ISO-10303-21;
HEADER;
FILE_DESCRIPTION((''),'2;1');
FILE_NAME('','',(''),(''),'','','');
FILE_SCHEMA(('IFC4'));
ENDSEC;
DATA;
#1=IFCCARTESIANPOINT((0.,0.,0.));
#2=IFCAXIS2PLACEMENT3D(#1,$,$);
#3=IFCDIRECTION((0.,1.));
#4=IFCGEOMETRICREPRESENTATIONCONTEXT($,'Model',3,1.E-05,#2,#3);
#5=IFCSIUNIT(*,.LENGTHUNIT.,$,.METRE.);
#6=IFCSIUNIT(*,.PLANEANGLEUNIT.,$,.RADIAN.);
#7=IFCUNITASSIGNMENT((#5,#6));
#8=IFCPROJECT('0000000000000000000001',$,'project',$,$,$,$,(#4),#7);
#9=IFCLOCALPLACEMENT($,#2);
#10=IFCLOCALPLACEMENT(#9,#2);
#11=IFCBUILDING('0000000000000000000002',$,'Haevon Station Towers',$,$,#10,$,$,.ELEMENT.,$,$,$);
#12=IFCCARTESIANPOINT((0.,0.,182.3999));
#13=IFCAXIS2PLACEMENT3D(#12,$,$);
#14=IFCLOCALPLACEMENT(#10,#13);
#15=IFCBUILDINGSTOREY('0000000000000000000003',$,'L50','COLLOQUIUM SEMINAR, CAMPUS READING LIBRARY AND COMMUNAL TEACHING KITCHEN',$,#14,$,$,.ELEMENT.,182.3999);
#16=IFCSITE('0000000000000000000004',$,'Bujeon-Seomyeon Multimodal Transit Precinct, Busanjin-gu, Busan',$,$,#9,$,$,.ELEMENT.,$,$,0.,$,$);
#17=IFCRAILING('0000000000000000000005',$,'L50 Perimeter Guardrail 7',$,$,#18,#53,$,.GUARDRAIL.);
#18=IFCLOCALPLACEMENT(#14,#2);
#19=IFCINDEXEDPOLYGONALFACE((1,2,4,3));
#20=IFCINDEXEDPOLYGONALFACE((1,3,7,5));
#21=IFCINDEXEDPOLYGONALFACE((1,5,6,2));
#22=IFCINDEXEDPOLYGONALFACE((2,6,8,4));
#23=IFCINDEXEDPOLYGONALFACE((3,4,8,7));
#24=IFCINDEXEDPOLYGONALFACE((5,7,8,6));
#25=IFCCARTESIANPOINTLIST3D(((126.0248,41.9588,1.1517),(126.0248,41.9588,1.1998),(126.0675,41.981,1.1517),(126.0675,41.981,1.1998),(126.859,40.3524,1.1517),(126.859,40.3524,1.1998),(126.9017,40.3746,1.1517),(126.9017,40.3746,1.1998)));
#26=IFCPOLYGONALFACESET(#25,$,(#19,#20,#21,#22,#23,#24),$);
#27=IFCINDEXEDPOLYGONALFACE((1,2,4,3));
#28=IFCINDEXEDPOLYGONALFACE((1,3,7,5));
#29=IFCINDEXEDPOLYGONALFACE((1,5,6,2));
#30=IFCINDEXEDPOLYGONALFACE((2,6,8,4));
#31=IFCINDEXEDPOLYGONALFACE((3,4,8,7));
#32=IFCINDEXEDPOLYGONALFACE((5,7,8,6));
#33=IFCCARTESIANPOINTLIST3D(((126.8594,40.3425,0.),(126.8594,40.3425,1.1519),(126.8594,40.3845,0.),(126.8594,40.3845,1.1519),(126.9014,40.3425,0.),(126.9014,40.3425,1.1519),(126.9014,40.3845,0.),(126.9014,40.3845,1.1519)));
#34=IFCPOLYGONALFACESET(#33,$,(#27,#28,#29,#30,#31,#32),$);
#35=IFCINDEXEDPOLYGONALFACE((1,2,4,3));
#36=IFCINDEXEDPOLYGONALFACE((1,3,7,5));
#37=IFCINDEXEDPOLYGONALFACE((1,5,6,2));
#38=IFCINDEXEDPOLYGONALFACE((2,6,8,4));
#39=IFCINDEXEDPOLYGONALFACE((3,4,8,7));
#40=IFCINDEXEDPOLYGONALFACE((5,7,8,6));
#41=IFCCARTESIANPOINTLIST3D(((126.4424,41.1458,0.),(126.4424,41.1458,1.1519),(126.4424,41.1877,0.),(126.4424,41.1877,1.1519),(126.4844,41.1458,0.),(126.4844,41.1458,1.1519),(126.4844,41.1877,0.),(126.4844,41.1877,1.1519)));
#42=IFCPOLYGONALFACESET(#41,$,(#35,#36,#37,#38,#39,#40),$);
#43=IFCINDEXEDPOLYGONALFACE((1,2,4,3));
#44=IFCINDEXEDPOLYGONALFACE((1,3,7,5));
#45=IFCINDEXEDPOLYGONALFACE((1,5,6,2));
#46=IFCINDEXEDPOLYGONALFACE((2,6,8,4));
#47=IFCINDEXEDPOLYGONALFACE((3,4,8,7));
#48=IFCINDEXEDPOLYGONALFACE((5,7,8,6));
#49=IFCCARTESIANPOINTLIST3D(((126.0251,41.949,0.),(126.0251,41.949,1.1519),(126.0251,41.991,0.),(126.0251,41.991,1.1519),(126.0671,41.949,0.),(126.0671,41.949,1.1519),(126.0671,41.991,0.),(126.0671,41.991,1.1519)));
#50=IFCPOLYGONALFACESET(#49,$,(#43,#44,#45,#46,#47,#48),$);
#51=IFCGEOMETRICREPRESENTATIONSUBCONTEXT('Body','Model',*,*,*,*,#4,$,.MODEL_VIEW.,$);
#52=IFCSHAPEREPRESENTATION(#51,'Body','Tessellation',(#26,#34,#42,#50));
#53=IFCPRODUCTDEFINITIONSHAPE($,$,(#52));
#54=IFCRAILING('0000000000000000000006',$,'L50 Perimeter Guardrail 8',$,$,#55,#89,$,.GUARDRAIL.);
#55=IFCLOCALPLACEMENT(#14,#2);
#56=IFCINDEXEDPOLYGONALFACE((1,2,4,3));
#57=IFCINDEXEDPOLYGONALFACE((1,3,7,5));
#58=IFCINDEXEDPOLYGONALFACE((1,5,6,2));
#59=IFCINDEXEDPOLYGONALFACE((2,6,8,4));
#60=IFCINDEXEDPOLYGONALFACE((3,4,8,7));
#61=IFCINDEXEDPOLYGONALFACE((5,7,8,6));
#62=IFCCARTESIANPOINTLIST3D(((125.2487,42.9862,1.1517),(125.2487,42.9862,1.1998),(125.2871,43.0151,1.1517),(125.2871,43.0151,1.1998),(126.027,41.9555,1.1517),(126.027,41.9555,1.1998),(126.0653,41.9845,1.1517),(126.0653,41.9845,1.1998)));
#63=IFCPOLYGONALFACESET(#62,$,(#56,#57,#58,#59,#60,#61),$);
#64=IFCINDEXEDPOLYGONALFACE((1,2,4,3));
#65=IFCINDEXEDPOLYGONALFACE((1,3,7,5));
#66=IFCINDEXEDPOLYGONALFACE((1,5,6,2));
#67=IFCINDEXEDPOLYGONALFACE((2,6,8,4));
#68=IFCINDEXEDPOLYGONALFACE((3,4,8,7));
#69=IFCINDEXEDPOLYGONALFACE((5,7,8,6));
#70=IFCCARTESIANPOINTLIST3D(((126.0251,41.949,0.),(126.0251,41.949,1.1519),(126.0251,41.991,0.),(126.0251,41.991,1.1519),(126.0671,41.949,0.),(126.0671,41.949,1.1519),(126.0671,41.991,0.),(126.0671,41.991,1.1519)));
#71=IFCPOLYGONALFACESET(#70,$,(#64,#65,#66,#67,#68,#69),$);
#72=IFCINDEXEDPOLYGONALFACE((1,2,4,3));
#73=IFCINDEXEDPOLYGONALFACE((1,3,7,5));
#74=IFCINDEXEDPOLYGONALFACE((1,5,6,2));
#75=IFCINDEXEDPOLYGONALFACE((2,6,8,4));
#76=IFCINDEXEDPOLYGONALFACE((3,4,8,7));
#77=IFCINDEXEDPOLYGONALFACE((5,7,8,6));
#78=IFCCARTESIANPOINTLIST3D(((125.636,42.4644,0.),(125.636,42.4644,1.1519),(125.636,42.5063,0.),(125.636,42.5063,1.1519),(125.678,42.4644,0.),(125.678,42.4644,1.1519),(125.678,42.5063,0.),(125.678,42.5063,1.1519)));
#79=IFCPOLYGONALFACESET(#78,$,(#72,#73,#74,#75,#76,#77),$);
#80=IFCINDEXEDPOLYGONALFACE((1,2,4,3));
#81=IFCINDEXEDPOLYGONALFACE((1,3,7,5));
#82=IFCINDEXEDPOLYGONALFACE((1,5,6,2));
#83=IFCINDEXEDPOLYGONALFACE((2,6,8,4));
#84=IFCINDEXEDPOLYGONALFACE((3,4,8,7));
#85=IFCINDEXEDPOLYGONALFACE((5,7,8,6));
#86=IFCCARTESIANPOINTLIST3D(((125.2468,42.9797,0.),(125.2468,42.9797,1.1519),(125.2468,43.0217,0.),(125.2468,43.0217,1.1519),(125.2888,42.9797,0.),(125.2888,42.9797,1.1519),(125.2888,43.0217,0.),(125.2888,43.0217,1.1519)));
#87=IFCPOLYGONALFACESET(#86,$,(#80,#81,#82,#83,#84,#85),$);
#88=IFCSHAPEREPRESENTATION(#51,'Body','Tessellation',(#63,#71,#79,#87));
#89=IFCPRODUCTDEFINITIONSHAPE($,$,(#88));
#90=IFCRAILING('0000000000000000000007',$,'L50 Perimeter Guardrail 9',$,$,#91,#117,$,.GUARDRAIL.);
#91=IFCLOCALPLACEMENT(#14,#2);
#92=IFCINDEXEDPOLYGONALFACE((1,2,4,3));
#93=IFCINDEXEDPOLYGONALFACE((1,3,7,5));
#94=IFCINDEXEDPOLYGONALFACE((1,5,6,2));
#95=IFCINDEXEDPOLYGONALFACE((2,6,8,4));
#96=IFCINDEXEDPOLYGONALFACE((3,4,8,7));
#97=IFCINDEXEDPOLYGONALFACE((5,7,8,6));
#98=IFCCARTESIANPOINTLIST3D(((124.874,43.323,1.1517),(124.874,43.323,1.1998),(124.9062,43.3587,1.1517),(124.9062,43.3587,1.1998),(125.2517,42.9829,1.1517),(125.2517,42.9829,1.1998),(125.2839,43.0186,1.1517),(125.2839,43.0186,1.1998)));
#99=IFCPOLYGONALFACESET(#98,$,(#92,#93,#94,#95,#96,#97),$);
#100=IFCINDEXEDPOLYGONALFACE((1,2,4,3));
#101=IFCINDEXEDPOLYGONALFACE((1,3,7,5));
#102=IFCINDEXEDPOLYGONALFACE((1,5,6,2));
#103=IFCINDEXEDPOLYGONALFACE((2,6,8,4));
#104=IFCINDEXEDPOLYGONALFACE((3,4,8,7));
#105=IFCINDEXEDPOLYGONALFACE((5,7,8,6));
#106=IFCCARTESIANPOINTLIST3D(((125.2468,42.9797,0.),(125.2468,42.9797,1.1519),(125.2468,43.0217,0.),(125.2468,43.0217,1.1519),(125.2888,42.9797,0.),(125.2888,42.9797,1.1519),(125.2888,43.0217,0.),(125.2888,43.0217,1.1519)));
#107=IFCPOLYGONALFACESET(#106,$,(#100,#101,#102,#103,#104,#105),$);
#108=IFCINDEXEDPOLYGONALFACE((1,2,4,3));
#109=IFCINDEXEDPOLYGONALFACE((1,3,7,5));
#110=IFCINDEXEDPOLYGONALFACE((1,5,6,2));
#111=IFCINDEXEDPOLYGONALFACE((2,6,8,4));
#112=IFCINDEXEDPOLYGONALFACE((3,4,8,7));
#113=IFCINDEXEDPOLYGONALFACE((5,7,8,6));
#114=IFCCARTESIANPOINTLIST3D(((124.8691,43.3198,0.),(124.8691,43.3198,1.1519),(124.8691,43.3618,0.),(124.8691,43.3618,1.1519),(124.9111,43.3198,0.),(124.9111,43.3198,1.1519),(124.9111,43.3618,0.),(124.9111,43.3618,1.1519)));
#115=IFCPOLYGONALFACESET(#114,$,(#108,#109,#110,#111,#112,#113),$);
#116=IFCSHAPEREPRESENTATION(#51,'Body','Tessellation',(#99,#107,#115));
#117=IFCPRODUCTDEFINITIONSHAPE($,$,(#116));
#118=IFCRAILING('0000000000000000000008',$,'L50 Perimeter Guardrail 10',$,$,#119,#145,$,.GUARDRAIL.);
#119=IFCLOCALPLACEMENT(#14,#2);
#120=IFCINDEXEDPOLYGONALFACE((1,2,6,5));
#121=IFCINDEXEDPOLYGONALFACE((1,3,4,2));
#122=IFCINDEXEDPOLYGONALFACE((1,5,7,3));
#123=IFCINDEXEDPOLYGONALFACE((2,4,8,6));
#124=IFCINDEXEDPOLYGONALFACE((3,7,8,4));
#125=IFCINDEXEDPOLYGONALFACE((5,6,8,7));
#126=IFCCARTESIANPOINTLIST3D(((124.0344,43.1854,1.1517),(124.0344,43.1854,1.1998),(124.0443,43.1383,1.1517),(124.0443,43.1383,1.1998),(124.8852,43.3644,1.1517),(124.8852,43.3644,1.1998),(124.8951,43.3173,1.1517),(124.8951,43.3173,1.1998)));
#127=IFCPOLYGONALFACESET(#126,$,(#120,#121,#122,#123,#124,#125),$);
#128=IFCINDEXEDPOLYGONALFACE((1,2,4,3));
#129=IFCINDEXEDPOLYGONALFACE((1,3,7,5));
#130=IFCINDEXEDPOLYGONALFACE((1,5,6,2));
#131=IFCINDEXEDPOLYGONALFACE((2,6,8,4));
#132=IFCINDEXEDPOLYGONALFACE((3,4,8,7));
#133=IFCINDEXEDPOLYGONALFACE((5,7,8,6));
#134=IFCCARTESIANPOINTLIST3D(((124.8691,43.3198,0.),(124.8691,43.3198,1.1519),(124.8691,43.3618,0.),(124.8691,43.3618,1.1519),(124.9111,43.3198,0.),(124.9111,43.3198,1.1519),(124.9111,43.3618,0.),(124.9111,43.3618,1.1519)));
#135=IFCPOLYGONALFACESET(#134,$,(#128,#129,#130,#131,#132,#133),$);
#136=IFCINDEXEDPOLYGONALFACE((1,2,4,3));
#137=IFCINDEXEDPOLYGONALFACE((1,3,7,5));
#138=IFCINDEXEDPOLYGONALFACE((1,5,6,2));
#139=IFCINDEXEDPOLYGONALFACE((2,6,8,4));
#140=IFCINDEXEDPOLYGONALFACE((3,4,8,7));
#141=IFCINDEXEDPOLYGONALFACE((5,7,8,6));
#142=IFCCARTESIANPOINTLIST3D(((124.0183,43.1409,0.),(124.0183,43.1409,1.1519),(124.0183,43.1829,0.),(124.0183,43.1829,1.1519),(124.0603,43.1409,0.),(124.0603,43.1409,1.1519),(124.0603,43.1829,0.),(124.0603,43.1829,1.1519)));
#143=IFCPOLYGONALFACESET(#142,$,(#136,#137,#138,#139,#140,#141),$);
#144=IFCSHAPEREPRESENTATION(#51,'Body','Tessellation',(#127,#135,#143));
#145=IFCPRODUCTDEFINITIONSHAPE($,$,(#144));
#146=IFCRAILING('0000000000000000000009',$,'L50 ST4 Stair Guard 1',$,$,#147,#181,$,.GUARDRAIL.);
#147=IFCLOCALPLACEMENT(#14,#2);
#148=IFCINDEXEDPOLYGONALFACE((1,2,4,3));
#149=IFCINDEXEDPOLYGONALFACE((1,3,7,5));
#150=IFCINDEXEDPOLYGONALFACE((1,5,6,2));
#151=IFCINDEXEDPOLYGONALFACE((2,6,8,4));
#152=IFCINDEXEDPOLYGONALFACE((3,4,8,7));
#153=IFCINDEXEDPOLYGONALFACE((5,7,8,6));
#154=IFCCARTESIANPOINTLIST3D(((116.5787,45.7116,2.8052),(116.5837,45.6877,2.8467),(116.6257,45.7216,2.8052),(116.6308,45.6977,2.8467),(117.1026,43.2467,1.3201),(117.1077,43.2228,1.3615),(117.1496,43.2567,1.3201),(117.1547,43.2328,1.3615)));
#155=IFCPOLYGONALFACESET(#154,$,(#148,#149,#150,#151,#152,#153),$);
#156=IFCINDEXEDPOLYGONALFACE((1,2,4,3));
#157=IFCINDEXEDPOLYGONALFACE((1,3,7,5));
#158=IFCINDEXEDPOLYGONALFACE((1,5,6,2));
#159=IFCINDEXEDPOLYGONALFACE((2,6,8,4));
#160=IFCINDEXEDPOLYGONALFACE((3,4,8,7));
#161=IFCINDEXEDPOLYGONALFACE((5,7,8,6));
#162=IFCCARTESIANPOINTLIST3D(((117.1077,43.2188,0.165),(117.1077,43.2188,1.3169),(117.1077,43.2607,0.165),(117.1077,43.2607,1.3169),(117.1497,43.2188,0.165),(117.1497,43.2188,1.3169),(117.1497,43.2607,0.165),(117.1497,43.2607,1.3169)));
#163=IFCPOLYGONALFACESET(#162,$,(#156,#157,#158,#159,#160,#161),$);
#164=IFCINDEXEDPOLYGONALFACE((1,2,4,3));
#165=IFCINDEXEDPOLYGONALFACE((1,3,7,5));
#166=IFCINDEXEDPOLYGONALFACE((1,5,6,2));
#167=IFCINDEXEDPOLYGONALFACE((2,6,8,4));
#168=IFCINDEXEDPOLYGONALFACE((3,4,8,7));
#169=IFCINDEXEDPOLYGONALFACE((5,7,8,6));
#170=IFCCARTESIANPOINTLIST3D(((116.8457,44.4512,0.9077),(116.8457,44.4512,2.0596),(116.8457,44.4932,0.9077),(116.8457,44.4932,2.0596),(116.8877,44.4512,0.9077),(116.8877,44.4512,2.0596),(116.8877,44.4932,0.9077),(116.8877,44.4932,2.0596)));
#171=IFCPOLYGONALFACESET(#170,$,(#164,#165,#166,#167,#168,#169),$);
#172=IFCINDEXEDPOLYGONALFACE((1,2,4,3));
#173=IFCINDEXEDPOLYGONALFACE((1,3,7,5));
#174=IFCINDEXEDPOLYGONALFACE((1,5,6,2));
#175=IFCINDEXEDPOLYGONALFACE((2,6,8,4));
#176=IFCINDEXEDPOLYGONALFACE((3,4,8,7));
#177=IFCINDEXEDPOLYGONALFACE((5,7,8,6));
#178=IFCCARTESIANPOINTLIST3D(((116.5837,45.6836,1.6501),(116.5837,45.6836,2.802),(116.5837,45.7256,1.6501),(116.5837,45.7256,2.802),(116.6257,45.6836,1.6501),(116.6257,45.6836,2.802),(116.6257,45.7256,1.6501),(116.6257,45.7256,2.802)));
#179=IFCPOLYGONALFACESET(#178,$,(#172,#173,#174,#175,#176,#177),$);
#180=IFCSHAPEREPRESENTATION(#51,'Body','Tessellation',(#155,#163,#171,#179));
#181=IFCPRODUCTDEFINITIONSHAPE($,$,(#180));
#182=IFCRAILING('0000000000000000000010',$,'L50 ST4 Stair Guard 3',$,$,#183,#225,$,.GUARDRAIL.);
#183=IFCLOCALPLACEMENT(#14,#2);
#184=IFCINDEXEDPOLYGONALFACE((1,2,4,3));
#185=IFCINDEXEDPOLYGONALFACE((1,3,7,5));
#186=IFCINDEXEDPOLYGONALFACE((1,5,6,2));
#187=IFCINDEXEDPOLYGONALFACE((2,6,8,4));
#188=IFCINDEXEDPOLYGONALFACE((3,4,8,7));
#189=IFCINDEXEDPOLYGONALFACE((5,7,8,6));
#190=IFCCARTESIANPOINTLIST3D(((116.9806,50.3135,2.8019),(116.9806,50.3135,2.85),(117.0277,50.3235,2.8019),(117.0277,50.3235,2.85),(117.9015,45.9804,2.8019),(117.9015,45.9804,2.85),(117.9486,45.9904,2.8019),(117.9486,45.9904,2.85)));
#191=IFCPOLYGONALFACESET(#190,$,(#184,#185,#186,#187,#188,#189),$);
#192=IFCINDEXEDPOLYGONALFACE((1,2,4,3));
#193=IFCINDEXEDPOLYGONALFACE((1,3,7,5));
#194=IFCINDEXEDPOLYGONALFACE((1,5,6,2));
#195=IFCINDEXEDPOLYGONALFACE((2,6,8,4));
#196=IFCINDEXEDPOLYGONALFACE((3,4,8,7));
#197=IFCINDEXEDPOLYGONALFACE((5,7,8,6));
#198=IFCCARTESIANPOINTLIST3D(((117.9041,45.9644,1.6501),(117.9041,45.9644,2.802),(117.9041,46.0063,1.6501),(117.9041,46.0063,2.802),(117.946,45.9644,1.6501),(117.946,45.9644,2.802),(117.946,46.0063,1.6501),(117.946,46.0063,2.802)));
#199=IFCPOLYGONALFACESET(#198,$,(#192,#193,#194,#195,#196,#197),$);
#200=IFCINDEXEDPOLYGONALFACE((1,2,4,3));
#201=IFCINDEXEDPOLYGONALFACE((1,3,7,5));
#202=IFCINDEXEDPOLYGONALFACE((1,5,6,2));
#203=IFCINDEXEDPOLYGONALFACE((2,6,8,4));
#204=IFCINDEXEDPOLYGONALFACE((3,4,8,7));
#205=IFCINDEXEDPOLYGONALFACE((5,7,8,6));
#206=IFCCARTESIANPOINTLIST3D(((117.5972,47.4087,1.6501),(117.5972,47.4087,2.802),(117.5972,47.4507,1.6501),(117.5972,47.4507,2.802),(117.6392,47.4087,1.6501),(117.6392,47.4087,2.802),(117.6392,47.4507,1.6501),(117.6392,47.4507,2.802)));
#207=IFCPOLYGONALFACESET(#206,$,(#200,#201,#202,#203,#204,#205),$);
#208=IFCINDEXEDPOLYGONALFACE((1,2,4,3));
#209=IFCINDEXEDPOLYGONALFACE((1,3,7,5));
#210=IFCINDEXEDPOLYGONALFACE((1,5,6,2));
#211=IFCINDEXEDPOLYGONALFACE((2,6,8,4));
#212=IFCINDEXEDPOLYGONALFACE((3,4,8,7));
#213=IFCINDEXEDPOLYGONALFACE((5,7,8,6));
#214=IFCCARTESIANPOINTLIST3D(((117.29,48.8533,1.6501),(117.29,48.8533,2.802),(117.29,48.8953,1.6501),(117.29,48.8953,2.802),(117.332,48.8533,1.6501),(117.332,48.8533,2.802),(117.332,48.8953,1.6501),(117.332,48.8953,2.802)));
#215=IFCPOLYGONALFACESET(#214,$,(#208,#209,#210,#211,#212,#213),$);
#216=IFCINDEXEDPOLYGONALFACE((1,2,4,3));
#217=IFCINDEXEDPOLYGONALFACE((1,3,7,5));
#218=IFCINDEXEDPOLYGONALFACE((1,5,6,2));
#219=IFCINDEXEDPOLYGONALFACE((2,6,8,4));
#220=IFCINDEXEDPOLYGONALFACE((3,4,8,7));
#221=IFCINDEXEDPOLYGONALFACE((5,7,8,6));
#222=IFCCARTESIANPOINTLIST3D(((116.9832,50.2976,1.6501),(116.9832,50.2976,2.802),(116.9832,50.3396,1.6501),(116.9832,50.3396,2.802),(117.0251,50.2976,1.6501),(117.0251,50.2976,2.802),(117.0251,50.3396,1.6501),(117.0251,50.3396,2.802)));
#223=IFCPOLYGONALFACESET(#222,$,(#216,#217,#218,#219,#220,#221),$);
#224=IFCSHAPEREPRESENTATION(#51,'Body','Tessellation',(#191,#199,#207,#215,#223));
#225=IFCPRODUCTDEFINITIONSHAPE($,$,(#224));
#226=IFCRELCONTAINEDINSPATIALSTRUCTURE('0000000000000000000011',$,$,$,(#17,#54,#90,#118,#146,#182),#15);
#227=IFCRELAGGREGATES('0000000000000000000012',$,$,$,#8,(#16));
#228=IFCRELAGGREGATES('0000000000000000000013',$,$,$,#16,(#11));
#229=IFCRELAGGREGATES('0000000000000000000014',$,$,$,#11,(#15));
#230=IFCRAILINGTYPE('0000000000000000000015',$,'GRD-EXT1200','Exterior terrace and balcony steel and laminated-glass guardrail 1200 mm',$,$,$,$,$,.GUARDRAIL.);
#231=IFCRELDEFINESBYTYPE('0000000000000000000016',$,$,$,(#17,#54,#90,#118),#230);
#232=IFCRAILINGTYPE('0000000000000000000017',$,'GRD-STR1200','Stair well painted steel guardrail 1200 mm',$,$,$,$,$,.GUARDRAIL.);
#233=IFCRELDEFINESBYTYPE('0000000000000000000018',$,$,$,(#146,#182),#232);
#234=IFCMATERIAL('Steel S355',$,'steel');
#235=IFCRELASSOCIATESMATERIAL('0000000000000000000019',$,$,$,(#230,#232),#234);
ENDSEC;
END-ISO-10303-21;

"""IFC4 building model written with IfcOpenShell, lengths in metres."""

from ifc_helpers import new_model, si_unit, direction, frame, origin, origin_2d, place, context, subcontext, project, spatial, rectangle, extrude, material, type_object, element, save


model = new_model("IFC4")

# Units and contexts
model_context = context("Model", 3, precision=1e-05, world=origin(), true_north=direction((0.0, 1.0)))
body_context = subcontext(model_context, "Body", "Model", "MODEL_VIEW")
ifc_project = project(units=[si_unit("LENGTHUNIT", "METRE"), si_unit("PLANEANGLEUNIT", "RADIAN")], contexts=[model_context])

# Site, building, storey
site_placement = place(None, origin())
site = spatial("IfcSite", under=ifc_project, at=site_placement, Name="Bujeon-Seomyeon Multimodal Transit Precinct, Busanjin-gu, Busan", CompositionType="ELEMENT", RefElevation=0.0)
building_placement = place(site_placement, origin())
building = spatial("IfcBuilding", under=site, at=building_placement, Name="Haevon Station Towers", CompositionType="ELEMENT")
storey_placement = place(building_placement, frame((0.0, 0.0, 182.3999)))
storey = spatial("IfcBuildingStorey", under=building, at=storey_placement, Name="L50", Description="COLLOQUIUM SEMINAR, CAMPUS READING LIBRARY AND COMMUNAL TEACHING KITCHEN", CompositionType="ELEMENT", Elevation=182.3999)

# Shared definitions
ifc_material_1 = material(Name="Steel S355", Category="steel")

# Railings
railing_type_1 = type_object("IfcRailingType", Name="GRD-EXT1200", Description="Exterior terrace and balcony steel and laminated-glass guardrail 1200 mm", PredefinedType="GUARDRAIL", material=ifc_material_1)
railing_1_placement = place(storey_placement, frame((126.8804, 40.3635, 0.0)))
element("IfcRailing", 1, at=railing_1_placement, inside=storey, type_object=railing_type_1, Name="L50 Perimeter Guardrail 7", PredefinedType="GUARDRAIL", context=body_context, shape_type="SweptSolid", body=[
    extrude(rectangle(XDim=0.0481, YDim=0.0481, at=origin_2d()), frame((0.0, 0.0, 1.1758), z_axis=(-0.460864, 0.887471, 0.0), x_axis=(-0.887471, -0.460864, 0.0)), (0.0, 0.0, 1.0), 1.8101),
    extrude(rectangle(XDim=0.042, YDim=0.042, at=origin_2d()), origin(), (0.0, 0.0, 1.0), 1.1519),
    extrude(rectangle(XDim=0.042, YDim=0.042, at=origin_2d()), frame((-0.417, 0.8032, 0.0)), (0.0, 0.0, 1.0), 1.1519),
    extrude(rectangle(XDim=0.042, YDim=0.042, at=origin_2d()), frame((-0.8342, 1.6064, 0.0)), (0.0, 0.0, 1.0), 1.1519),
])
railing_2_placement = place(storey_placement, frame((126.0461, 41.97, 0.0)))
element("IfcRailing", 2, at=railing_2_placement, inside=storey, type_object=railing_type_1, Name="L50 Perimeter Guardrail 8", PredefinedType="GUARDRAIL", context=body_context, shape_type="SweptSolid", body=[
    extrude(rectangle(XDim=0.0481, YDim=0.0481, at=origin_2d()), frame((0.0, 0.0, 1.1758), z_axis=(-0.602598, 0.798045, 0.0), x_axis=(-0.798045, -0.602598, 0.0)), (0.0, 0.0, 1.0), 1.2915),
    extrude(rectangle(XDim=0.042, YDim=0.042, at=origin_2d()), origin(), (0.0, 0.0, 1.0), 1.1519),
    extrude(rectangle(XDim=0.042, YDim=0.042, at=origin_2d()), frame((-0.3892, 0.5154, 0.0)), (0.0, 0.0, 1.0), 1.1519),
    extrude(rectangle(XDim=0.042, YDim=0.042, at=origin_2d()), frame((-0.7783, 1.0308, 0.0)), (0.0, 0.0, 1.0), 1.1519),
])
railing_3_placement = place(storey_placement, frame((125.2678, 43.0007, 0.0)))
element("IfcRailing", 3, at=railing_3_placement, inside=storey, type_object=railing_type_1, Name="L50 Perimeter Guardrail 9", PredefinedType="GUARDRAIL", context=body_context, shape_type="SweptSolid", body=[
    extrude(rectangle(XDim=0.0481, YDim=0.0481, at=origin_2d()), frame((0.0, 0.0, 1.1758), z_axis=(-0.743127, 0.66915, 0.0), x_axis=(-0.66915, -0.743127, 0.0)), (0.0, 0.0, 1.0), 0.5083),
    extrude(rectangle(XDim=0.042, YDim=0.042, at=origin_2d()), origin(), (0.0, 0.0, 1.0), 1.1519),
    extrude(rectangle(XDim=0.042, YDim=0.042, at=origin_2d()), frame((-0.3777, 0.3401, 0.0)), (0.0, 0.0, 1.0), 1.1519),
])
railing_4_placement = place(storey_placement, frame((124.8901, 43.3408, 0.0)))
element("IfcRailing", 4, at=railing_4_placement, inside=storey, type_object=railing_type_1, Name="L50 Perimeter Guardrail 10", PredefinedType="GUARDRAIL", context=body_context, shape_type="SweptSolid", body=[
    extrude(rectangle(XDim=0.0481, YDim=0.0481, at=origin_2d()), frame((0.0, 0.0, 1.1758), z_axis=(-0.978588, -0.205827, 0.0), x_axis=(0.205827, -0.978588, 0.0)), (0.0, 0.0, 1.0), 0.8694),
    extrude(rectangle(XDim=0.042, YDim=0.042, at=origin_2d()), origin(), (0.0, 0.0, 1.0), 1.1519),
    extrude(rectangle(XDim=0.042, YDim=0.042, at=origin_2d()), frame((-0.8508, -0.179, 0.0)), (0.0, 0.0, 1.0), 1.1519),
])
railing_type_2 = type_object("IfcRailingType", Name="GRD-STR1200", Description="Stair well painted steel guardrail 1200 mm", PredefinedType="GUARDRAIL", material=ifc_material_1)
railing_5_placement = place(storey_placement, frame((117.1287, 43.2397, 0.165)))
element("IfcRailing", 5, at=railing_5_placement, inside=storey, type_object=railing_type_2, Name="L50 ST4 Stair Guard 1", PredefinedType="GUARDRAIL", context=body_context, shape_type="SweptSolid", body=[
    extrude(rectangle(XDim=0.0481, YDim=0.0481, at=origin_2d()), frame((0.0, 0.0, 1.1758), z_axis=(-0.179121, 0.842688, 0.507733), x_axis=(-0.978147, -0.207914, 0.0)), (0.0, 0.0, 1.0), 2.925),
    extrude(rectangle(XDim=0.042, YDim=0.042, at=origin_2d()), origin(), (0.0, 0.0, 1.0), 1.1519),
    extrude(rectangle(XDim=0.042, YDim=0.042, at=origin_2d()), frame((-0.262, 1.2324, 0.7427)), (0.0, 0.0, 1.0), 1.1519),
    extrude(rectangle(XDim=0.042, YDim=0.042, at=origin_2d()), frame((-0.5239, 2.4648, 1.4851)), (0.0, 0.0, 1.0), 1.1519),
])
railing_6_placement = place(storey_placement, frame((117.925, 45.9854, 1.6501)))
element("IfcRailing", 6, at=railing_6_placement, inside=storey, type_object=railing_type_2, Name="L50 ST4 Stair Guard 3", PredefinedType="GUARDRAIL", context=body_context, shape_type="SweptSolid", body=[
    extrude(rectangle(XDim=0.0481, YDim=0.0481, at=origin_2d()), frame((0.0, 0.0, 1.1758), z_axis=(-0.207877, 0.978155, 0.0), x_axis=(-0.978155, -0.207877, 0.0)), (0.0, 0.0, 1.0), 4.4299),
    extrude(rectangle(XDim=0.042, YDim=0.042, at=origin_2d()), origin(), (0.0, 0.0, 1.0), 1.1519),
    extrude(rectangle(XDim=0.042, YDim=0.042, at=origin_2d()), frame((-0.3069, 1.4443, 0.0)), (0.0, 0.0, 1.0), 1.1519),
    extrude(rectangle(XDim=0.042, YDim=0.042, at=origin_2d()), frame((-0.614, 2.8889, 0.0)), (0.0, 0.0, 1.0), 1.1519),
    extrude(rectangle(XDim=0.042, YDim=0.042, at=origin_2d()), frame((-0.9209, 4.3333, 0.0)), (0.0, 0.0, 1.0), 1.1519),
])

save(model, "model.ifc")
